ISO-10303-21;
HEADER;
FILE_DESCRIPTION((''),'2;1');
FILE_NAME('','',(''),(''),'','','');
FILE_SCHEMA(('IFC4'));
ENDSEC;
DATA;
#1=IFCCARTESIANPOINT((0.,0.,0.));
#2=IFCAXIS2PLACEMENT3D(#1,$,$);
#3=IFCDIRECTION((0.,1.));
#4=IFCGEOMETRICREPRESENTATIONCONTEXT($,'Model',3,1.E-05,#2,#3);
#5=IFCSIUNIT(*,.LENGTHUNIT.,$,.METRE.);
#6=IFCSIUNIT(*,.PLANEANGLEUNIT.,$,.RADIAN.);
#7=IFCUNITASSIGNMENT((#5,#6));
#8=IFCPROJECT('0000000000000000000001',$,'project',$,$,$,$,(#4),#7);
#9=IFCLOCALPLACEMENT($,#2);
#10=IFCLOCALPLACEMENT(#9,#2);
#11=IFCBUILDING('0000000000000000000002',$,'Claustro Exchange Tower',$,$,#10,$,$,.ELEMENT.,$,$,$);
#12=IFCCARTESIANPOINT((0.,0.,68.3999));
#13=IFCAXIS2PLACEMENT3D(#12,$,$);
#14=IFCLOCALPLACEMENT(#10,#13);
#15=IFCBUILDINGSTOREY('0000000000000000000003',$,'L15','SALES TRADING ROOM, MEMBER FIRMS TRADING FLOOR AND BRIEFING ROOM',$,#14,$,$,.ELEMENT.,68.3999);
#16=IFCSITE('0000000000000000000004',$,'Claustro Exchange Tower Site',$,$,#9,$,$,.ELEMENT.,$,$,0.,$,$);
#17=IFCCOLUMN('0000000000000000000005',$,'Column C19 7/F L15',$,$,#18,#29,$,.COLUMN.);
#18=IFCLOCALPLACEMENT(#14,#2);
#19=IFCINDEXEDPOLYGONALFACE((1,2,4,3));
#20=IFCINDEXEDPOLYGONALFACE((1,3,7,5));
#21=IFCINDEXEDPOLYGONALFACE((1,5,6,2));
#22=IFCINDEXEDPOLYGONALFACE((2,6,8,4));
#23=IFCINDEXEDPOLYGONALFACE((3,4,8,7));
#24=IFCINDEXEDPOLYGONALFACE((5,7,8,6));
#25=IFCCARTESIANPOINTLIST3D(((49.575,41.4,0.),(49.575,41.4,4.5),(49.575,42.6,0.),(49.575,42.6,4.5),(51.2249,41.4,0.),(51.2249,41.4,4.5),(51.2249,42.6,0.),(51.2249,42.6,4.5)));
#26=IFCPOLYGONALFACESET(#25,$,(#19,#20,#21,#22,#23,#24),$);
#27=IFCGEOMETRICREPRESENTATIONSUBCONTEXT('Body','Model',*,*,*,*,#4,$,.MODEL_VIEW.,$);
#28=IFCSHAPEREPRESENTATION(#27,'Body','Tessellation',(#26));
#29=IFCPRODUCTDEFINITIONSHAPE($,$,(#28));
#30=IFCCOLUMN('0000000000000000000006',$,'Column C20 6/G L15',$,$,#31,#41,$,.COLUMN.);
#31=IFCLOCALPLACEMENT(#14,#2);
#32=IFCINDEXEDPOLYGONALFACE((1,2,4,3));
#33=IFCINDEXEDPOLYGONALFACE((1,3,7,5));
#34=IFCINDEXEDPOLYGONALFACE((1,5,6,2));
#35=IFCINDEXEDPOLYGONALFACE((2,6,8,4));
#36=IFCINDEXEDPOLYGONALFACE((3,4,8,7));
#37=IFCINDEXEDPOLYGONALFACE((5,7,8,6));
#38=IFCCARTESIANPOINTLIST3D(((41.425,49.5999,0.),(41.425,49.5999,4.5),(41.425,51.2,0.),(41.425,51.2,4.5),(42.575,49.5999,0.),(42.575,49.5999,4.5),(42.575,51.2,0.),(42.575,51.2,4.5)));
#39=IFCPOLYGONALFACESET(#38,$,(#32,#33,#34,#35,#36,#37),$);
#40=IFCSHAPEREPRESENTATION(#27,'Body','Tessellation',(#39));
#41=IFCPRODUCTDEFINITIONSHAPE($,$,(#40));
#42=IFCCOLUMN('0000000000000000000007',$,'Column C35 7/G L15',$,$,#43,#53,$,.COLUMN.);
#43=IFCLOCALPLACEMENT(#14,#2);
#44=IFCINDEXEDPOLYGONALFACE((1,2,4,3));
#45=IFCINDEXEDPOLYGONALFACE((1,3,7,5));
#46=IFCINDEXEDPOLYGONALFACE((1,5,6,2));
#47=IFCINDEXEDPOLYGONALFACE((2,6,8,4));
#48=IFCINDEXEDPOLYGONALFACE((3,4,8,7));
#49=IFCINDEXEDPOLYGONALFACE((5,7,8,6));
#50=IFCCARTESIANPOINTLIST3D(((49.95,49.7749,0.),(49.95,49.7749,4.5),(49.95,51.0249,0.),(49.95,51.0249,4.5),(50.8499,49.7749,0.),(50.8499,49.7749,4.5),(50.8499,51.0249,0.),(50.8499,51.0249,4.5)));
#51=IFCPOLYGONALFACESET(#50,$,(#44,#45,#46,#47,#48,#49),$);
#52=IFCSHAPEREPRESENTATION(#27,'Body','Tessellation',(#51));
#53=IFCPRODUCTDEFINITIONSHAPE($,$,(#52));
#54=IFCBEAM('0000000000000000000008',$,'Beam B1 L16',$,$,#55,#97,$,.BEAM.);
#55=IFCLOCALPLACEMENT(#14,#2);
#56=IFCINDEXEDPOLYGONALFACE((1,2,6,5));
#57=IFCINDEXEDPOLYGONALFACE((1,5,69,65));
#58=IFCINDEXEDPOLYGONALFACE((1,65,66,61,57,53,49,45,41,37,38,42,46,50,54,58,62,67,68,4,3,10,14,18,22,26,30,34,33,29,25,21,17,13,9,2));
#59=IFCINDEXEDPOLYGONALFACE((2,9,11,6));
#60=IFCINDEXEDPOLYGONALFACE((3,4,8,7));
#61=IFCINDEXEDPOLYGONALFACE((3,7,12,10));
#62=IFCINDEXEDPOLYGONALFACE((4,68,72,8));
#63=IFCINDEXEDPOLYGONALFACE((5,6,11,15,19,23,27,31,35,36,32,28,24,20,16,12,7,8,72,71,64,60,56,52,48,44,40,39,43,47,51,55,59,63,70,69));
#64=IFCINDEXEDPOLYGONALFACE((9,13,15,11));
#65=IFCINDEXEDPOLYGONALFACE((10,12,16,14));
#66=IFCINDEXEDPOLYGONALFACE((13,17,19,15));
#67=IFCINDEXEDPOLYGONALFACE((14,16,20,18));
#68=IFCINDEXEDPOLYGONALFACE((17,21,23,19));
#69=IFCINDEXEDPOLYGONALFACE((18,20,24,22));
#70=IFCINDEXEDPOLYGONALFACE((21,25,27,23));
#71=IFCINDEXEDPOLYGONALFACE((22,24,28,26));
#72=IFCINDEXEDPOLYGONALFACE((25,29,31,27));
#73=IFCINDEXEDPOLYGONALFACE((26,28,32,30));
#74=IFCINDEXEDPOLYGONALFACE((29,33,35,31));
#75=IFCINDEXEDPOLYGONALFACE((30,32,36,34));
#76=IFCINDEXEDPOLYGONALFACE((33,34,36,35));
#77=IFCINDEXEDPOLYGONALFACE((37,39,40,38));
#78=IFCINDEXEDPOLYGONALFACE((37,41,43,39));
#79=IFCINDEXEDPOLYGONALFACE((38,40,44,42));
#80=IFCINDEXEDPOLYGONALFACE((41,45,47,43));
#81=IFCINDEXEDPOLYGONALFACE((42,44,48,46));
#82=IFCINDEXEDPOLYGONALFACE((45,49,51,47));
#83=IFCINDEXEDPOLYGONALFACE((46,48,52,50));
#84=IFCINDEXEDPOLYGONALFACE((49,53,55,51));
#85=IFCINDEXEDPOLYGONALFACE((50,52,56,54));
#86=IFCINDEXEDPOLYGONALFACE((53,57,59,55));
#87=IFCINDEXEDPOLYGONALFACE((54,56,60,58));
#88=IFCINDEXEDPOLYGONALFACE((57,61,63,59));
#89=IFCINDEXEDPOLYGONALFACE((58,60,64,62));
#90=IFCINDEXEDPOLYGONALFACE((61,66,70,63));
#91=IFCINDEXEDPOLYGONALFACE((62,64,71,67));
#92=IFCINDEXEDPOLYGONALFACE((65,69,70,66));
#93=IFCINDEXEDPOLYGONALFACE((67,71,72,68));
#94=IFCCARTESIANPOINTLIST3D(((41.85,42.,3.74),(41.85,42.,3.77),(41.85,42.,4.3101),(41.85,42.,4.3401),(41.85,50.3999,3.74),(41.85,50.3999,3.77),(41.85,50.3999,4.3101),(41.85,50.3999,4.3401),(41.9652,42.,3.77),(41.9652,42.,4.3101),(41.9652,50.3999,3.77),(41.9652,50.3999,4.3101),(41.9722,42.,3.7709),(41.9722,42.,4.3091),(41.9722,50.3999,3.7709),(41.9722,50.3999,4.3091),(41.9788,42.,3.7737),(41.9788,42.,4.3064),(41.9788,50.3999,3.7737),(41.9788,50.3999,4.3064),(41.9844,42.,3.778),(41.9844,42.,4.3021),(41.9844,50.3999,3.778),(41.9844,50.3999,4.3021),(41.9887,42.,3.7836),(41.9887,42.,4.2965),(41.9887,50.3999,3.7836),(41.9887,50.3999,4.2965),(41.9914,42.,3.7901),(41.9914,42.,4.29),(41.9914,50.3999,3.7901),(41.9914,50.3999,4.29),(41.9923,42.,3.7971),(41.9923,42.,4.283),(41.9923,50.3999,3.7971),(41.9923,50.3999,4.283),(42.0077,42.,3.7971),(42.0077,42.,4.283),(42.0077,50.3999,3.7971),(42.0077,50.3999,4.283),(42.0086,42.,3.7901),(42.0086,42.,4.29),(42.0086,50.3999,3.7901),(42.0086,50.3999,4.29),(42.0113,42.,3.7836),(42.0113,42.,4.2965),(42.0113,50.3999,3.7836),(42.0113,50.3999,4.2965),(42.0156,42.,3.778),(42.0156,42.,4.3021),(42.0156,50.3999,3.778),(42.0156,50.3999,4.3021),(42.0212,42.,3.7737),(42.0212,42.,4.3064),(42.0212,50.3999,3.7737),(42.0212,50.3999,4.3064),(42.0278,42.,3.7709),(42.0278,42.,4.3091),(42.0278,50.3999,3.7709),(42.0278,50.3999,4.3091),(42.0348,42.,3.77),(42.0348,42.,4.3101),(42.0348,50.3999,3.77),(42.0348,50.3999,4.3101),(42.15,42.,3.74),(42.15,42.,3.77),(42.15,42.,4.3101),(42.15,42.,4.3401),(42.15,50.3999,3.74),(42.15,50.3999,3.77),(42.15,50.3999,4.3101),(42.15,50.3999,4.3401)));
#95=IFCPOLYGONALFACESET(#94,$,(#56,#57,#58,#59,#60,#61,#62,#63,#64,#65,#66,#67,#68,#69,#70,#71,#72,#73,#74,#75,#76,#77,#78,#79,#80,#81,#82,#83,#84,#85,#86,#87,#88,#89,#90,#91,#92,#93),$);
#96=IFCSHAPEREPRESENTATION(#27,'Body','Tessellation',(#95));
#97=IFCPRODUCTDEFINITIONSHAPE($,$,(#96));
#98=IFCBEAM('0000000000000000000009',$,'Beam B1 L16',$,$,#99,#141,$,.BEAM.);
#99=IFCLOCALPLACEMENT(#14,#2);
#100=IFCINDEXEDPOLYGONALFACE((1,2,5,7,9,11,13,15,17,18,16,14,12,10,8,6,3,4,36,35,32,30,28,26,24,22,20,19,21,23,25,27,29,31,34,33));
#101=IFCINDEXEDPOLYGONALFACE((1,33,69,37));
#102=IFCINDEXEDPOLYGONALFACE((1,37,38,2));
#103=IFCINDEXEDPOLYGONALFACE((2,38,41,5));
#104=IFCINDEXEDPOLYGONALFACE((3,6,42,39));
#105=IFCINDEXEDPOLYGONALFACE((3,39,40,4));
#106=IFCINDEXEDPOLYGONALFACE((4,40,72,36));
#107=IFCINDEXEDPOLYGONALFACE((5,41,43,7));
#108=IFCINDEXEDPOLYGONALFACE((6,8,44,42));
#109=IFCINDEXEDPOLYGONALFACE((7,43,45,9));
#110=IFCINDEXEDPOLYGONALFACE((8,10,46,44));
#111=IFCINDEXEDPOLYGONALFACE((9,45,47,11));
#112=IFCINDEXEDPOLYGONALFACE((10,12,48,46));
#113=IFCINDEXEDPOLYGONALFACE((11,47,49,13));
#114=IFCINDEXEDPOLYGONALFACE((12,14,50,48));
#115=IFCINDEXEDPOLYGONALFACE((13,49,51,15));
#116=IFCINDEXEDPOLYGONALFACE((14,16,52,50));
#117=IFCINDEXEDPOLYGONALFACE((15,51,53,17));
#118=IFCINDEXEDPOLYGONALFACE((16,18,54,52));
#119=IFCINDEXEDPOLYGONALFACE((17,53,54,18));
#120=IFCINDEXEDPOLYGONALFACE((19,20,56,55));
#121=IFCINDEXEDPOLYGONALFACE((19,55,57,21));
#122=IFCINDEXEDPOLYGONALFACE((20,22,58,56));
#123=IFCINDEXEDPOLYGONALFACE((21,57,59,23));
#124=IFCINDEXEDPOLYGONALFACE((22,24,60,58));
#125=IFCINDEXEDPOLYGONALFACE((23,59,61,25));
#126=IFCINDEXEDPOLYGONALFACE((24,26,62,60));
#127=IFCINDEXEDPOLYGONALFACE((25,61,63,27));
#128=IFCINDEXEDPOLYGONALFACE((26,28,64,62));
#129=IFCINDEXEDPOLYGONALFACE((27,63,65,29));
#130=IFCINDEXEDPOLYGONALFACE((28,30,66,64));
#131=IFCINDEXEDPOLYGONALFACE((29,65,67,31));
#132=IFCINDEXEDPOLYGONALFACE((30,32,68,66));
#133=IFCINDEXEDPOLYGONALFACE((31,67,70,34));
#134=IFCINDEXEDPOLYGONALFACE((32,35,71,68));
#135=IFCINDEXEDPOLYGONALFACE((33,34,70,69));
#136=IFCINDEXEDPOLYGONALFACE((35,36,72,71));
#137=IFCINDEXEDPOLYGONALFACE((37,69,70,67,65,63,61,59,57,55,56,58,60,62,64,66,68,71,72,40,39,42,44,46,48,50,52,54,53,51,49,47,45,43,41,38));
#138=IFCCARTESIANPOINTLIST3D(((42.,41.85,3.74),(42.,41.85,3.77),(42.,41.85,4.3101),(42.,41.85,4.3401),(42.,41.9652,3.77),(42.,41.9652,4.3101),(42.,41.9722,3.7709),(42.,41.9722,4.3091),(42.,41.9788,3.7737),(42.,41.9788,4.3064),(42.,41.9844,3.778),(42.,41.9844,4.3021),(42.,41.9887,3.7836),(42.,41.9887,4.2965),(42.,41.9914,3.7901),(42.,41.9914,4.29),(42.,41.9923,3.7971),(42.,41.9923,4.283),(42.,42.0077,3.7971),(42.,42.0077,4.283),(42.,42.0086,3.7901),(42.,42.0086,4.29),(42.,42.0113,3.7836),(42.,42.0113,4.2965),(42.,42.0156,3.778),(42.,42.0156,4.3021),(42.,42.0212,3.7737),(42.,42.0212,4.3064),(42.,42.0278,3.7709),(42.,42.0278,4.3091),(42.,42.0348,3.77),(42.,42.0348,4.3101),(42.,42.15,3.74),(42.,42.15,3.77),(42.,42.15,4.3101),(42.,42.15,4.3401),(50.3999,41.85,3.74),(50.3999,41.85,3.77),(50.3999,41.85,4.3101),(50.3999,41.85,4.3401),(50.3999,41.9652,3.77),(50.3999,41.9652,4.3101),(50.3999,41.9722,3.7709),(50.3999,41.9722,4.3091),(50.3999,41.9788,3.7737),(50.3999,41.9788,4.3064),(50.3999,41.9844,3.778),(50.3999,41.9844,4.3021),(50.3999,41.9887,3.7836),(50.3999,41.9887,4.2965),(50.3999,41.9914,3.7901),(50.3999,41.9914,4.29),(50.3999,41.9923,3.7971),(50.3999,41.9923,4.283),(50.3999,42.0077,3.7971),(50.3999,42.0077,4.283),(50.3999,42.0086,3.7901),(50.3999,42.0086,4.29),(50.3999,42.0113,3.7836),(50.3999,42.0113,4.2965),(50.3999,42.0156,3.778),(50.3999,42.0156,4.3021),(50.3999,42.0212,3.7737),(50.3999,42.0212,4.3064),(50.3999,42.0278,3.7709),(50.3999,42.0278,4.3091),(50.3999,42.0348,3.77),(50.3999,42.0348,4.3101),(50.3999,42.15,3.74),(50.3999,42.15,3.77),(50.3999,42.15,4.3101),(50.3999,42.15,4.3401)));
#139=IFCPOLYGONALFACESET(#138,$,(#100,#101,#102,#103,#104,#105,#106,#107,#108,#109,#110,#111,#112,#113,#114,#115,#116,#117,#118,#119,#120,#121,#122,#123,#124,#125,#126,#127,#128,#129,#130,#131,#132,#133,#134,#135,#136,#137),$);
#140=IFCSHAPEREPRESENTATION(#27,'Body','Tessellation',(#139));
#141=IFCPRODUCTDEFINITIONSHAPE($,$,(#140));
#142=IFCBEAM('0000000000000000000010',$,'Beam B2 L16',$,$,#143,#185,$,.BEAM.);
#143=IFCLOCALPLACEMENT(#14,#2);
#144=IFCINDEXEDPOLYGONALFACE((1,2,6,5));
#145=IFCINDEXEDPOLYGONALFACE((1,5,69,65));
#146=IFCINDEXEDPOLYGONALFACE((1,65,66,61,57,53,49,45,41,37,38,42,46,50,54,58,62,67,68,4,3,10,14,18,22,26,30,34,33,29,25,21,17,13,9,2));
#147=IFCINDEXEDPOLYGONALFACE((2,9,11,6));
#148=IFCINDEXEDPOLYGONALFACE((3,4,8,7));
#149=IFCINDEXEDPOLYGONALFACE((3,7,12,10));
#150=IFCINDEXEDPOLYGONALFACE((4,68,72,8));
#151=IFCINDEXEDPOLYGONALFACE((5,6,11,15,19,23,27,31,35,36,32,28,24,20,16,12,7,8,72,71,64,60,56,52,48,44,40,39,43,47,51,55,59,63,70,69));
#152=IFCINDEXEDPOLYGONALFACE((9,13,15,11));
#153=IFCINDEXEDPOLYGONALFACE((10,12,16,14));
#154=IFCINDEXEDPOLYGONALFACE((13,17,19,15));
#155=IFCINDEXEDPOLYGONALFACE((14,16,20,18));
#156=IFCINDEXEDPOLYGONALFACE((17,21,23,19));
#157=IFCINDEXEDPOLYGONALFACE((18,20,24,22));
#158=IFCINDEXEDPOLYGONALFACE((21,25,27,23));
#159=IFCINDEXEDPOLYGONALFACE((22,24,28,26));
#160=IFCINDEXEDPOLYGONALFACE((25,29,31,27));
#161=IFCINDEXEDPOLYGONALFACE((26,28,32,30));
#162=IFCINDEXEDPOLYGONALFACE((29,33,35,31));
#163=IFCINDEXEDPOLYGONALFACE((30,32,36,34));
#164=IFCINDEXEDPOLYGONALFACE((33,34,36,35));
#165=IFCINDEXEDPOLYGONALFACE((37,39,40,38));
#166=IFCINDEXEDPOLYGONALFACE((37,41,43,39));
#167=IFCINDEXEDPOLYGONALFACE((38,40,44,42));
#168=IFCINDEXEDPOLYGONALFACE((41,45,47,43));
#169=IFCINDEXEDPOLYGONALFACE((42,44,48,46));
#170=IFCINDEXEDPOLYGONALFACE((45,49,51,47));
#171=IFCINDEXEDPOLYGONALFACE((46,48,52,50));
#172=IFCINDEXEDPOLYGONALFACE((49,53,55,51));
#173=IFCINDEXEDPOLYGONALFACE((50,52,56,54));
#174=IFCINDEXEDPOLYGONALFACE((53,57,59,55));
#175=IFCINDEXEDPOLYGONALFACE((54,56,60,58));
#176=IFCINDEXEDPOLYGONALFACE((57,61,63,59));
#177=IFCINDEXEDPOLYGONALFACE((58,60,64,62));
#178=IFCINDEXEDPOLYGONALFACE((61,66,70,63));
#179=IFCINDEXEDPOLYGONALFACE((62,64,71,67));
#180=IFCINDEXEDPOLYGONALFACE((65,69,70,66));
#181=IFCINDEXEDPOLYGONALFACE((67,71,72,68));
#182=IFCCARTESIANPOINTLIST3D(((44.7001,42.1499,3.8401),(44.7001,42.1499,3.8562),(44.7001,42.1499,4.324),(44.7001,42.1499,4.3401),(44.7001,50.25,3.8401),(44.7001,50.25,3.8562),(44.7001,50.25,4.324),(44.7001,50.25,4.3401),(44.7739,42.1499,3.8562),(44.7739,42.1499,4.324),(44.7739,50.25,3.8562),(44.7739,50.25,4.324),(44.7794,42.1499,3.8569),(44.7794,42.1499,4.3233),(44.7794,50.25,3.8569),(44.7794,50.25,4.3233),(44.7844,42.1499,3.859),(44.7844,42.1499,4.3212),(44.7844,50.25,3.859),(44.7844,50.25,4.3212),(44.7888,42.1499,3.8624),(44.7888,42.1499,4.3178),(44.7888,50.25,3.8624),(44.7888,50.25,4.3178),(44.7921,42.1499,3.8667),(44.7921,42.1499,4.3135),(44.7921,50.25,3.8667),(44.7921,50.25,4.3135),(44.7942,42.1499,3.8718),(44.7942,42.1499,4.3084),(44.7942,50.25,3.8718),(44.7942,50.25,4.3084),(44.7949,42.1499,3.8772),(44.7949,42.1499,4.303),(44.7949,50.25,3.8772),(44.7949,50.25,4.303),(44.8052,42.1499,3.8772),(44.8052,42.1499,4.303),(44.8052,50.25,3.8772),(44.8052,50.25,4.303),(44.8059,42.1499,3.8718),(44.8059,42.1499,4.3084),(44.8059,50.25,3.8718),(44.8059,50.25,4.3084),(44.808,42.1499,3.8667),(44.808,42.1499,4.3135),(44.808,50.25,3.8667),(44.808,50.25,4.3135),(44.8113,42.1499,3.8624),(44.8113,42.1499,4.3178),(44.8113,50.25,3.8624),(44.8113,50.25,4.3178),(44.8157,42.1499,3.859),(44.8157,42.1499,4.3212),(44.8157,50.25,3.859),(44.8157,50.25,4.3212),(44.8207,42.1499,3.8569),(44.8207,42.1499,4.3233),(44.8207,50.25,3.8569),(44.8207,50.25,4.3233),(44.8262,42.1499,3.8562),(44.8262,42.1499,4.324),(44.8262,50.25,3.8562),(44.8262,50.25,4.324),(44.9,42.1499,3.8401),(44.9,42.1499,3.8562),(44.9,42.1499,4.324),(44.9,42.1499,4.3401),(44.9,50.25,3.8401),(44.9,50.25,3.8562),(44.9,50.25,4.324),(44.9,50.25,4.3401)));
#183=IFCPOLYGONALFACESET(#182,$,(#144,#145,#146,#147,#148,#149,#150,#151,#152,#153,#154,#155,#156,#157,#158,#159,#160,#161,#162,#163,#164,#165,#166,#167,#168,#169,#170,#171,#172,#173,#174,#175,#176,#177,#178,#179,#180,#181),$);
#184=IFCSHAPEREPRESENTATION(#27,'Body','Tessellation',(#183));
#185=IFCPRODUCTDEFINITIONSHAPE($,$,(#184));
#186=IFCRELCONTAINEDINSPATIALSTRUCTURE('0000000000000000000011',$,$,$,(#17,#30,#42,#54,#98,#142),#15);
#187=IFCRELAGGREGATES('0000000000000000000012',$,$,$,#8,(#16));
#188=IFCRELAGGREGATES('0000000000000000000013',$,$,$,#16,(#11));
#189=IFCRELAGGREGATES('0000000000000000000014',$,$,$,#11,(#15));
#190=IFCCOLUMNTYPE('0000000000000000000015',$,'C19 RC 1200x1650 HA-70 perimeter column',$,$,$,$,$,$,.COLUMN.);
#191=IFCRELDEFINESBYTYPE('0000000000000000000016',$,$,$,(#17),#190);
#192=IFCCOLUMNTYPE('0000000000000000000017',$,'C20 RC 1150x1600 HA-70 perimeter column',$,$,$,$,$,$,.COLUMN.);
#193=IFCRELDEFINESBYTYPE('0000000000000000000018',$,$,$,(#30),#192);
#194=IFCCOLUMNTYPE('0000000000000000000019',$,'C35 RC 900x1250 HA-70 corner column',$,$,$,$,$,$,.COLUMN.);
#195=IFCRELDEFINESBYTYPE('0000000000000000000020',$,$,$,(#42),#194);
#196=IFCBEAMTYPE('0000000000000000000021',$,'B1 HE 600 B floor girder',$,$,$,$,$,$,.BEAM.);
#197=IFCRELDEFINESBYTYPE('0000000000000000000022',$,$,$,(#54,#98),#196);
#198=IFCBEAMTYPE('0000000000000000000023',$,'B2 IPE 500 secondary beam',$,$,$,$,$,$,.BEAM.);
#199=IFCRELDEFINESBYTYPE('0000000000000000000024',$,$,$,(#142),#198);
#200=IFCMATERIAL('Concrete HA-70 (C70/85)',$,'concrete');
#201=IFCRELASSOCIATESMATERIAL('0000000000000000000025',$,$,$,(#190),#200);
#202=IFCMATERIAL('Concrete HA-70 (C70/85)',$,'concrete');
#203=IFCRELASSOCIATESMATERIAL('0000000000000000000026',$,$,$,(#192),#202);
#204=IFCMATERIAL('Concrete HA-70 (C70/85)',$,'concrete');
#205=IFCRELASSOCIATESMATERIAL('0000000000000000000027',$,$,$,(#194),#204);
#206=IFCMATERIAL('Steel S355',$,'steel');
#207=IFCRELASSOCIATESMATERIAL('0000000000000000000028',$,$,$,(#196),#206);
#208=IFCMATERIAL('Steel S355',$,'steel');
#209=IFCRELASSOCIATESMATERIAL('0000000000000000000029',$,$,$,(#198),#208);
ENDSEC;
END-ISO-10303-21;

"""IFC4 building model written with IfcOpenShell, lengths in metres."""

from ifc_helpers import new_model, si_unit, direction, frame, origin, origin_2d, place, context, subcontext, project, spatial, rectangle, i_section, extrude, material, material_profile, profile_set, type_object, element, save


model = new_model("IFC4")

# Units and contexts
model_context = context("Model", 3, precision=1e-05, world=origin(), true_north=direction((0.0, 1.0)))
body_context = subcontext(model_context, "Body", "Model", "MODEL_VIEW")
ifc_project = project(units=[si_unit("LENGTHUNIT", "METRE"), si_unit("PLANEANGLEUNIT", "RADIAN")], contexts=[model_context])

# Site, building, storey
site_placement = place(None, origin())
site = spatial("IfcSite", under=ifc_project, at=site_placement, Name="Claustro Exchange Tower Site", CompositionType="ELEMENT", RefElevation=0.0)
building_placement = place(site_placement, origin())
building = spatial("IfcBuilding", under=site, at=building_placement, Name="Claustro Exchange Tower", CompositionType="ELEMENT")
storey_placement = place(building_placement, frame((0.0, 0.0, 68.3999)))
storey = spatial("IfcBuildingStorey", under=building, at=storey_placement, Name="L15", Description="SALES TRADING ROOM, MEMBER FIRMS TRADING FLOOR AND BRIEFING ROOM", CompositionType="ELEMENT", Elevation=68.3999)

# Columns
ifc_material_1 = material(Name="Concrete HA-70 (C70/85)", Category="concrete")
ifc_material_profile_1 = material_profile(ifc_material_1, rectangle(XDim=1.2, YDim=1.6499, at=origin_2d()), Name="RC 1200x1650")
ifc_profile_set_1 = profile_set([ifc_material_profile_1], Name="Concrete HA-70 (C70/85)")
column_type_1 = type_object("IfcColumnType", Name="C19 RC 1200x1650 HA-70 perimeter column", PredefinedType="COLUMN", material=ifc_profile_set_1)
column_1_placement = place(storey_placement, frame((50.3999, 42.0, 0.0), z_axis=(0.0, 0.0, 1.0), x_axis=(0.0, 1.0, 0.0)))
element("IfcColumn", 1, at=column_1_placement, inside=storey, type_object=column_type_1, Name="Column C19 7/F L15", PredefinedType="COLUMN", context=body_context, shape_type="SweptSolid", body=[
    extrude(rectangle(XDim=1.2, YDim=1.6499, at=origin_2d()), origin(), (0.0, 0.0, 1.0), 4.5),
])
ifc_material_2 = material(Name="Concrete HA-70 (C70/85)", Category="concrete")
ifc_material_profile_2 = material_profile(ifc_material_2, rectangle(XDim=1.1499, YDim=1.6001, at=origin_2d()), Name="RC 1150x1600")
ifc_profile_set_2 = profile_set([ifc_material_profile_2], Name="Concrete HA-70 (C70/85)")
column_type_2 = type_object("IfcColumnType", Name="C20 RC 1150x1600 HA-70 perimeter column", PredefinedType="COLUMN", material=ifc_profile_set_2)
column_2_placement = place(storey_placement, frame((42.0, 50.3999, 0.0), z_axis=(0.0, 0.0, 1.0), x_axis=(1.0, 0.0, 0.0)))
element("IfcColumn", 2, at=column_2_placement, inside=storey, type_object=column_type_2, Name="Column C20 6/G L15", PredefinedType="COLUMN", context=body_context, shape_type="SweptSolid", body=[
    extrude(rectangle(XDim=1.1499, YDim=1.6001, at=origin_2d()), origin(), (0.0, 0.0, 1.0), 4.5),
])
ifc_material_3 = material(Name="Concrete HA-70 (C70/85)", Category="concrete")
ifc_material_profile_3 = material_profile(ifc_material_3, rectangle(XDim=0.8999, YDim=1.25, at=origin_2d()), Name="RC 900x1250")
ifc_profile_set_3 = profile_set([ifc_material_profile_3], Name="Concrete HA-70 (C70/85)")
column_type_3 = type_object("IfcColumnType", Name="C35 RC 900x1250 HA-70 corner column", PredefinedType="COLUMN", material=ifc_profile_set_3)
column_3_placement = place(storey_placement, frame((50.3999, 50.3999, 0.0), z_axis=(0.0, 0.0, 1.0), x_axis=(1.0, 0.0, 0.0)))
element("IfcColumn", 3, at=column_3_placement, inside=storey, type_object=column_type_3, Name="Column C35 7/G L15", PredefinedType="COLUMN", context=body_context, shape_type="SweptSolid", body=[
    extrude(rectangle(XDim=0.8999, YDim=1.25, at=origin_2d()), origin(), (0.0, 0.0, 1.0), 4.5),
])

# Beams
ifc_material_4 = material(Name="Steel S355", Category="steel")
ifc_material_profile_4 = material_profile(ifc_material_4, i_section(OverallWidth=0.3, OverallDepth=0.6001, WebThickness=0.0154, FlangeThickness=0.03, FilletRadius=0.0271, at=origin_2d()), Name="HE 600 B")
ifc_profile_set_4 = profile_set([ifc_material_profile_4], Name="Steel S355")
beam_type_1 = type_object("IfcBeamType", Name="B1 HE 600 B floor girder", PredefinedType="BEAM", material=ifc_profile_set_4)
for number, where, z_axis, x_axis, name in (
    (4, (42.0, 42.0, 4.04), (0.0, 1.0, 0.0), (-1.0, 0.0, 0.0), "Beam B1 L16"),
    (5, (42.0, 42.0, 4.04), (1.0, 0.0, 0.0), (0.0, 1.0, 0.0), "Beam B1 L16"),
):
    element("IfcBeam", number, at=place(storey_placement, frame(where, z_axis=z_axis, x_axis=x_axis)), inside=storey, type_object=beam_type_1, Name=name, PredefinedType="BEAM", context=body_context, shape_type="SweptSolid", body=[
        extrude(i_section(OverallWidth=0.3, OverallDepth=0.6001, WebThickness=0.0154, FlangeThickness=0.03, FilletRadius=0.0271, at=origin_2d()), origin(), (0.0, 0.0, 1.0), 8.3999),
    ])
ifc_material_5 = material(Name="Steel S355", Category="steel")
ifc_material_profile_5 = material_profile(ifc_material_5, i_section(OverallWidth=0.2, OverallDepth=0.5, WebThickness=0.0103, FlangeThickness=0.0161, FilletRadius=0.021, at=origin_2d()), Name="IPE 500")
ifc_profile_set_5 = profile_set([ifc_material_profile_5], Name="Steel S355")
beam_type_2 = type_object("IfcBeamType", Name="B2 IPE 500 secondary beam", PredefinedType="BEAM", material=ifc_profile_set_5)
for number, where, z_axis, x_axis, name in (
    (6, (44.8, 42.1499, 4.0901), (0.0, 1.0, 0.0), (-1.0, 0.0, 0.0), "Beam B2 L16"),
):
    element("IfcBeam", number, at=place(storey_placement, frame(where, z_axis=z_axis, x_axis=x_axis)), inside=storey, type_object=beam_type_2, Name=name, PredefinedType="BEAM", context=body_context, shape_type="SweptSolid", body=[
        extrude(i_section(OverallWidth=0.2, OverallDepth=0.5, WebThickness=0.0103, FlangeThickness=0.0161, FilletRadius=0.021, at=origin_2d()), origin(), (0.0, 0.0, 1.0), 8.1001),
    ])

save(model, "model.ifc")
